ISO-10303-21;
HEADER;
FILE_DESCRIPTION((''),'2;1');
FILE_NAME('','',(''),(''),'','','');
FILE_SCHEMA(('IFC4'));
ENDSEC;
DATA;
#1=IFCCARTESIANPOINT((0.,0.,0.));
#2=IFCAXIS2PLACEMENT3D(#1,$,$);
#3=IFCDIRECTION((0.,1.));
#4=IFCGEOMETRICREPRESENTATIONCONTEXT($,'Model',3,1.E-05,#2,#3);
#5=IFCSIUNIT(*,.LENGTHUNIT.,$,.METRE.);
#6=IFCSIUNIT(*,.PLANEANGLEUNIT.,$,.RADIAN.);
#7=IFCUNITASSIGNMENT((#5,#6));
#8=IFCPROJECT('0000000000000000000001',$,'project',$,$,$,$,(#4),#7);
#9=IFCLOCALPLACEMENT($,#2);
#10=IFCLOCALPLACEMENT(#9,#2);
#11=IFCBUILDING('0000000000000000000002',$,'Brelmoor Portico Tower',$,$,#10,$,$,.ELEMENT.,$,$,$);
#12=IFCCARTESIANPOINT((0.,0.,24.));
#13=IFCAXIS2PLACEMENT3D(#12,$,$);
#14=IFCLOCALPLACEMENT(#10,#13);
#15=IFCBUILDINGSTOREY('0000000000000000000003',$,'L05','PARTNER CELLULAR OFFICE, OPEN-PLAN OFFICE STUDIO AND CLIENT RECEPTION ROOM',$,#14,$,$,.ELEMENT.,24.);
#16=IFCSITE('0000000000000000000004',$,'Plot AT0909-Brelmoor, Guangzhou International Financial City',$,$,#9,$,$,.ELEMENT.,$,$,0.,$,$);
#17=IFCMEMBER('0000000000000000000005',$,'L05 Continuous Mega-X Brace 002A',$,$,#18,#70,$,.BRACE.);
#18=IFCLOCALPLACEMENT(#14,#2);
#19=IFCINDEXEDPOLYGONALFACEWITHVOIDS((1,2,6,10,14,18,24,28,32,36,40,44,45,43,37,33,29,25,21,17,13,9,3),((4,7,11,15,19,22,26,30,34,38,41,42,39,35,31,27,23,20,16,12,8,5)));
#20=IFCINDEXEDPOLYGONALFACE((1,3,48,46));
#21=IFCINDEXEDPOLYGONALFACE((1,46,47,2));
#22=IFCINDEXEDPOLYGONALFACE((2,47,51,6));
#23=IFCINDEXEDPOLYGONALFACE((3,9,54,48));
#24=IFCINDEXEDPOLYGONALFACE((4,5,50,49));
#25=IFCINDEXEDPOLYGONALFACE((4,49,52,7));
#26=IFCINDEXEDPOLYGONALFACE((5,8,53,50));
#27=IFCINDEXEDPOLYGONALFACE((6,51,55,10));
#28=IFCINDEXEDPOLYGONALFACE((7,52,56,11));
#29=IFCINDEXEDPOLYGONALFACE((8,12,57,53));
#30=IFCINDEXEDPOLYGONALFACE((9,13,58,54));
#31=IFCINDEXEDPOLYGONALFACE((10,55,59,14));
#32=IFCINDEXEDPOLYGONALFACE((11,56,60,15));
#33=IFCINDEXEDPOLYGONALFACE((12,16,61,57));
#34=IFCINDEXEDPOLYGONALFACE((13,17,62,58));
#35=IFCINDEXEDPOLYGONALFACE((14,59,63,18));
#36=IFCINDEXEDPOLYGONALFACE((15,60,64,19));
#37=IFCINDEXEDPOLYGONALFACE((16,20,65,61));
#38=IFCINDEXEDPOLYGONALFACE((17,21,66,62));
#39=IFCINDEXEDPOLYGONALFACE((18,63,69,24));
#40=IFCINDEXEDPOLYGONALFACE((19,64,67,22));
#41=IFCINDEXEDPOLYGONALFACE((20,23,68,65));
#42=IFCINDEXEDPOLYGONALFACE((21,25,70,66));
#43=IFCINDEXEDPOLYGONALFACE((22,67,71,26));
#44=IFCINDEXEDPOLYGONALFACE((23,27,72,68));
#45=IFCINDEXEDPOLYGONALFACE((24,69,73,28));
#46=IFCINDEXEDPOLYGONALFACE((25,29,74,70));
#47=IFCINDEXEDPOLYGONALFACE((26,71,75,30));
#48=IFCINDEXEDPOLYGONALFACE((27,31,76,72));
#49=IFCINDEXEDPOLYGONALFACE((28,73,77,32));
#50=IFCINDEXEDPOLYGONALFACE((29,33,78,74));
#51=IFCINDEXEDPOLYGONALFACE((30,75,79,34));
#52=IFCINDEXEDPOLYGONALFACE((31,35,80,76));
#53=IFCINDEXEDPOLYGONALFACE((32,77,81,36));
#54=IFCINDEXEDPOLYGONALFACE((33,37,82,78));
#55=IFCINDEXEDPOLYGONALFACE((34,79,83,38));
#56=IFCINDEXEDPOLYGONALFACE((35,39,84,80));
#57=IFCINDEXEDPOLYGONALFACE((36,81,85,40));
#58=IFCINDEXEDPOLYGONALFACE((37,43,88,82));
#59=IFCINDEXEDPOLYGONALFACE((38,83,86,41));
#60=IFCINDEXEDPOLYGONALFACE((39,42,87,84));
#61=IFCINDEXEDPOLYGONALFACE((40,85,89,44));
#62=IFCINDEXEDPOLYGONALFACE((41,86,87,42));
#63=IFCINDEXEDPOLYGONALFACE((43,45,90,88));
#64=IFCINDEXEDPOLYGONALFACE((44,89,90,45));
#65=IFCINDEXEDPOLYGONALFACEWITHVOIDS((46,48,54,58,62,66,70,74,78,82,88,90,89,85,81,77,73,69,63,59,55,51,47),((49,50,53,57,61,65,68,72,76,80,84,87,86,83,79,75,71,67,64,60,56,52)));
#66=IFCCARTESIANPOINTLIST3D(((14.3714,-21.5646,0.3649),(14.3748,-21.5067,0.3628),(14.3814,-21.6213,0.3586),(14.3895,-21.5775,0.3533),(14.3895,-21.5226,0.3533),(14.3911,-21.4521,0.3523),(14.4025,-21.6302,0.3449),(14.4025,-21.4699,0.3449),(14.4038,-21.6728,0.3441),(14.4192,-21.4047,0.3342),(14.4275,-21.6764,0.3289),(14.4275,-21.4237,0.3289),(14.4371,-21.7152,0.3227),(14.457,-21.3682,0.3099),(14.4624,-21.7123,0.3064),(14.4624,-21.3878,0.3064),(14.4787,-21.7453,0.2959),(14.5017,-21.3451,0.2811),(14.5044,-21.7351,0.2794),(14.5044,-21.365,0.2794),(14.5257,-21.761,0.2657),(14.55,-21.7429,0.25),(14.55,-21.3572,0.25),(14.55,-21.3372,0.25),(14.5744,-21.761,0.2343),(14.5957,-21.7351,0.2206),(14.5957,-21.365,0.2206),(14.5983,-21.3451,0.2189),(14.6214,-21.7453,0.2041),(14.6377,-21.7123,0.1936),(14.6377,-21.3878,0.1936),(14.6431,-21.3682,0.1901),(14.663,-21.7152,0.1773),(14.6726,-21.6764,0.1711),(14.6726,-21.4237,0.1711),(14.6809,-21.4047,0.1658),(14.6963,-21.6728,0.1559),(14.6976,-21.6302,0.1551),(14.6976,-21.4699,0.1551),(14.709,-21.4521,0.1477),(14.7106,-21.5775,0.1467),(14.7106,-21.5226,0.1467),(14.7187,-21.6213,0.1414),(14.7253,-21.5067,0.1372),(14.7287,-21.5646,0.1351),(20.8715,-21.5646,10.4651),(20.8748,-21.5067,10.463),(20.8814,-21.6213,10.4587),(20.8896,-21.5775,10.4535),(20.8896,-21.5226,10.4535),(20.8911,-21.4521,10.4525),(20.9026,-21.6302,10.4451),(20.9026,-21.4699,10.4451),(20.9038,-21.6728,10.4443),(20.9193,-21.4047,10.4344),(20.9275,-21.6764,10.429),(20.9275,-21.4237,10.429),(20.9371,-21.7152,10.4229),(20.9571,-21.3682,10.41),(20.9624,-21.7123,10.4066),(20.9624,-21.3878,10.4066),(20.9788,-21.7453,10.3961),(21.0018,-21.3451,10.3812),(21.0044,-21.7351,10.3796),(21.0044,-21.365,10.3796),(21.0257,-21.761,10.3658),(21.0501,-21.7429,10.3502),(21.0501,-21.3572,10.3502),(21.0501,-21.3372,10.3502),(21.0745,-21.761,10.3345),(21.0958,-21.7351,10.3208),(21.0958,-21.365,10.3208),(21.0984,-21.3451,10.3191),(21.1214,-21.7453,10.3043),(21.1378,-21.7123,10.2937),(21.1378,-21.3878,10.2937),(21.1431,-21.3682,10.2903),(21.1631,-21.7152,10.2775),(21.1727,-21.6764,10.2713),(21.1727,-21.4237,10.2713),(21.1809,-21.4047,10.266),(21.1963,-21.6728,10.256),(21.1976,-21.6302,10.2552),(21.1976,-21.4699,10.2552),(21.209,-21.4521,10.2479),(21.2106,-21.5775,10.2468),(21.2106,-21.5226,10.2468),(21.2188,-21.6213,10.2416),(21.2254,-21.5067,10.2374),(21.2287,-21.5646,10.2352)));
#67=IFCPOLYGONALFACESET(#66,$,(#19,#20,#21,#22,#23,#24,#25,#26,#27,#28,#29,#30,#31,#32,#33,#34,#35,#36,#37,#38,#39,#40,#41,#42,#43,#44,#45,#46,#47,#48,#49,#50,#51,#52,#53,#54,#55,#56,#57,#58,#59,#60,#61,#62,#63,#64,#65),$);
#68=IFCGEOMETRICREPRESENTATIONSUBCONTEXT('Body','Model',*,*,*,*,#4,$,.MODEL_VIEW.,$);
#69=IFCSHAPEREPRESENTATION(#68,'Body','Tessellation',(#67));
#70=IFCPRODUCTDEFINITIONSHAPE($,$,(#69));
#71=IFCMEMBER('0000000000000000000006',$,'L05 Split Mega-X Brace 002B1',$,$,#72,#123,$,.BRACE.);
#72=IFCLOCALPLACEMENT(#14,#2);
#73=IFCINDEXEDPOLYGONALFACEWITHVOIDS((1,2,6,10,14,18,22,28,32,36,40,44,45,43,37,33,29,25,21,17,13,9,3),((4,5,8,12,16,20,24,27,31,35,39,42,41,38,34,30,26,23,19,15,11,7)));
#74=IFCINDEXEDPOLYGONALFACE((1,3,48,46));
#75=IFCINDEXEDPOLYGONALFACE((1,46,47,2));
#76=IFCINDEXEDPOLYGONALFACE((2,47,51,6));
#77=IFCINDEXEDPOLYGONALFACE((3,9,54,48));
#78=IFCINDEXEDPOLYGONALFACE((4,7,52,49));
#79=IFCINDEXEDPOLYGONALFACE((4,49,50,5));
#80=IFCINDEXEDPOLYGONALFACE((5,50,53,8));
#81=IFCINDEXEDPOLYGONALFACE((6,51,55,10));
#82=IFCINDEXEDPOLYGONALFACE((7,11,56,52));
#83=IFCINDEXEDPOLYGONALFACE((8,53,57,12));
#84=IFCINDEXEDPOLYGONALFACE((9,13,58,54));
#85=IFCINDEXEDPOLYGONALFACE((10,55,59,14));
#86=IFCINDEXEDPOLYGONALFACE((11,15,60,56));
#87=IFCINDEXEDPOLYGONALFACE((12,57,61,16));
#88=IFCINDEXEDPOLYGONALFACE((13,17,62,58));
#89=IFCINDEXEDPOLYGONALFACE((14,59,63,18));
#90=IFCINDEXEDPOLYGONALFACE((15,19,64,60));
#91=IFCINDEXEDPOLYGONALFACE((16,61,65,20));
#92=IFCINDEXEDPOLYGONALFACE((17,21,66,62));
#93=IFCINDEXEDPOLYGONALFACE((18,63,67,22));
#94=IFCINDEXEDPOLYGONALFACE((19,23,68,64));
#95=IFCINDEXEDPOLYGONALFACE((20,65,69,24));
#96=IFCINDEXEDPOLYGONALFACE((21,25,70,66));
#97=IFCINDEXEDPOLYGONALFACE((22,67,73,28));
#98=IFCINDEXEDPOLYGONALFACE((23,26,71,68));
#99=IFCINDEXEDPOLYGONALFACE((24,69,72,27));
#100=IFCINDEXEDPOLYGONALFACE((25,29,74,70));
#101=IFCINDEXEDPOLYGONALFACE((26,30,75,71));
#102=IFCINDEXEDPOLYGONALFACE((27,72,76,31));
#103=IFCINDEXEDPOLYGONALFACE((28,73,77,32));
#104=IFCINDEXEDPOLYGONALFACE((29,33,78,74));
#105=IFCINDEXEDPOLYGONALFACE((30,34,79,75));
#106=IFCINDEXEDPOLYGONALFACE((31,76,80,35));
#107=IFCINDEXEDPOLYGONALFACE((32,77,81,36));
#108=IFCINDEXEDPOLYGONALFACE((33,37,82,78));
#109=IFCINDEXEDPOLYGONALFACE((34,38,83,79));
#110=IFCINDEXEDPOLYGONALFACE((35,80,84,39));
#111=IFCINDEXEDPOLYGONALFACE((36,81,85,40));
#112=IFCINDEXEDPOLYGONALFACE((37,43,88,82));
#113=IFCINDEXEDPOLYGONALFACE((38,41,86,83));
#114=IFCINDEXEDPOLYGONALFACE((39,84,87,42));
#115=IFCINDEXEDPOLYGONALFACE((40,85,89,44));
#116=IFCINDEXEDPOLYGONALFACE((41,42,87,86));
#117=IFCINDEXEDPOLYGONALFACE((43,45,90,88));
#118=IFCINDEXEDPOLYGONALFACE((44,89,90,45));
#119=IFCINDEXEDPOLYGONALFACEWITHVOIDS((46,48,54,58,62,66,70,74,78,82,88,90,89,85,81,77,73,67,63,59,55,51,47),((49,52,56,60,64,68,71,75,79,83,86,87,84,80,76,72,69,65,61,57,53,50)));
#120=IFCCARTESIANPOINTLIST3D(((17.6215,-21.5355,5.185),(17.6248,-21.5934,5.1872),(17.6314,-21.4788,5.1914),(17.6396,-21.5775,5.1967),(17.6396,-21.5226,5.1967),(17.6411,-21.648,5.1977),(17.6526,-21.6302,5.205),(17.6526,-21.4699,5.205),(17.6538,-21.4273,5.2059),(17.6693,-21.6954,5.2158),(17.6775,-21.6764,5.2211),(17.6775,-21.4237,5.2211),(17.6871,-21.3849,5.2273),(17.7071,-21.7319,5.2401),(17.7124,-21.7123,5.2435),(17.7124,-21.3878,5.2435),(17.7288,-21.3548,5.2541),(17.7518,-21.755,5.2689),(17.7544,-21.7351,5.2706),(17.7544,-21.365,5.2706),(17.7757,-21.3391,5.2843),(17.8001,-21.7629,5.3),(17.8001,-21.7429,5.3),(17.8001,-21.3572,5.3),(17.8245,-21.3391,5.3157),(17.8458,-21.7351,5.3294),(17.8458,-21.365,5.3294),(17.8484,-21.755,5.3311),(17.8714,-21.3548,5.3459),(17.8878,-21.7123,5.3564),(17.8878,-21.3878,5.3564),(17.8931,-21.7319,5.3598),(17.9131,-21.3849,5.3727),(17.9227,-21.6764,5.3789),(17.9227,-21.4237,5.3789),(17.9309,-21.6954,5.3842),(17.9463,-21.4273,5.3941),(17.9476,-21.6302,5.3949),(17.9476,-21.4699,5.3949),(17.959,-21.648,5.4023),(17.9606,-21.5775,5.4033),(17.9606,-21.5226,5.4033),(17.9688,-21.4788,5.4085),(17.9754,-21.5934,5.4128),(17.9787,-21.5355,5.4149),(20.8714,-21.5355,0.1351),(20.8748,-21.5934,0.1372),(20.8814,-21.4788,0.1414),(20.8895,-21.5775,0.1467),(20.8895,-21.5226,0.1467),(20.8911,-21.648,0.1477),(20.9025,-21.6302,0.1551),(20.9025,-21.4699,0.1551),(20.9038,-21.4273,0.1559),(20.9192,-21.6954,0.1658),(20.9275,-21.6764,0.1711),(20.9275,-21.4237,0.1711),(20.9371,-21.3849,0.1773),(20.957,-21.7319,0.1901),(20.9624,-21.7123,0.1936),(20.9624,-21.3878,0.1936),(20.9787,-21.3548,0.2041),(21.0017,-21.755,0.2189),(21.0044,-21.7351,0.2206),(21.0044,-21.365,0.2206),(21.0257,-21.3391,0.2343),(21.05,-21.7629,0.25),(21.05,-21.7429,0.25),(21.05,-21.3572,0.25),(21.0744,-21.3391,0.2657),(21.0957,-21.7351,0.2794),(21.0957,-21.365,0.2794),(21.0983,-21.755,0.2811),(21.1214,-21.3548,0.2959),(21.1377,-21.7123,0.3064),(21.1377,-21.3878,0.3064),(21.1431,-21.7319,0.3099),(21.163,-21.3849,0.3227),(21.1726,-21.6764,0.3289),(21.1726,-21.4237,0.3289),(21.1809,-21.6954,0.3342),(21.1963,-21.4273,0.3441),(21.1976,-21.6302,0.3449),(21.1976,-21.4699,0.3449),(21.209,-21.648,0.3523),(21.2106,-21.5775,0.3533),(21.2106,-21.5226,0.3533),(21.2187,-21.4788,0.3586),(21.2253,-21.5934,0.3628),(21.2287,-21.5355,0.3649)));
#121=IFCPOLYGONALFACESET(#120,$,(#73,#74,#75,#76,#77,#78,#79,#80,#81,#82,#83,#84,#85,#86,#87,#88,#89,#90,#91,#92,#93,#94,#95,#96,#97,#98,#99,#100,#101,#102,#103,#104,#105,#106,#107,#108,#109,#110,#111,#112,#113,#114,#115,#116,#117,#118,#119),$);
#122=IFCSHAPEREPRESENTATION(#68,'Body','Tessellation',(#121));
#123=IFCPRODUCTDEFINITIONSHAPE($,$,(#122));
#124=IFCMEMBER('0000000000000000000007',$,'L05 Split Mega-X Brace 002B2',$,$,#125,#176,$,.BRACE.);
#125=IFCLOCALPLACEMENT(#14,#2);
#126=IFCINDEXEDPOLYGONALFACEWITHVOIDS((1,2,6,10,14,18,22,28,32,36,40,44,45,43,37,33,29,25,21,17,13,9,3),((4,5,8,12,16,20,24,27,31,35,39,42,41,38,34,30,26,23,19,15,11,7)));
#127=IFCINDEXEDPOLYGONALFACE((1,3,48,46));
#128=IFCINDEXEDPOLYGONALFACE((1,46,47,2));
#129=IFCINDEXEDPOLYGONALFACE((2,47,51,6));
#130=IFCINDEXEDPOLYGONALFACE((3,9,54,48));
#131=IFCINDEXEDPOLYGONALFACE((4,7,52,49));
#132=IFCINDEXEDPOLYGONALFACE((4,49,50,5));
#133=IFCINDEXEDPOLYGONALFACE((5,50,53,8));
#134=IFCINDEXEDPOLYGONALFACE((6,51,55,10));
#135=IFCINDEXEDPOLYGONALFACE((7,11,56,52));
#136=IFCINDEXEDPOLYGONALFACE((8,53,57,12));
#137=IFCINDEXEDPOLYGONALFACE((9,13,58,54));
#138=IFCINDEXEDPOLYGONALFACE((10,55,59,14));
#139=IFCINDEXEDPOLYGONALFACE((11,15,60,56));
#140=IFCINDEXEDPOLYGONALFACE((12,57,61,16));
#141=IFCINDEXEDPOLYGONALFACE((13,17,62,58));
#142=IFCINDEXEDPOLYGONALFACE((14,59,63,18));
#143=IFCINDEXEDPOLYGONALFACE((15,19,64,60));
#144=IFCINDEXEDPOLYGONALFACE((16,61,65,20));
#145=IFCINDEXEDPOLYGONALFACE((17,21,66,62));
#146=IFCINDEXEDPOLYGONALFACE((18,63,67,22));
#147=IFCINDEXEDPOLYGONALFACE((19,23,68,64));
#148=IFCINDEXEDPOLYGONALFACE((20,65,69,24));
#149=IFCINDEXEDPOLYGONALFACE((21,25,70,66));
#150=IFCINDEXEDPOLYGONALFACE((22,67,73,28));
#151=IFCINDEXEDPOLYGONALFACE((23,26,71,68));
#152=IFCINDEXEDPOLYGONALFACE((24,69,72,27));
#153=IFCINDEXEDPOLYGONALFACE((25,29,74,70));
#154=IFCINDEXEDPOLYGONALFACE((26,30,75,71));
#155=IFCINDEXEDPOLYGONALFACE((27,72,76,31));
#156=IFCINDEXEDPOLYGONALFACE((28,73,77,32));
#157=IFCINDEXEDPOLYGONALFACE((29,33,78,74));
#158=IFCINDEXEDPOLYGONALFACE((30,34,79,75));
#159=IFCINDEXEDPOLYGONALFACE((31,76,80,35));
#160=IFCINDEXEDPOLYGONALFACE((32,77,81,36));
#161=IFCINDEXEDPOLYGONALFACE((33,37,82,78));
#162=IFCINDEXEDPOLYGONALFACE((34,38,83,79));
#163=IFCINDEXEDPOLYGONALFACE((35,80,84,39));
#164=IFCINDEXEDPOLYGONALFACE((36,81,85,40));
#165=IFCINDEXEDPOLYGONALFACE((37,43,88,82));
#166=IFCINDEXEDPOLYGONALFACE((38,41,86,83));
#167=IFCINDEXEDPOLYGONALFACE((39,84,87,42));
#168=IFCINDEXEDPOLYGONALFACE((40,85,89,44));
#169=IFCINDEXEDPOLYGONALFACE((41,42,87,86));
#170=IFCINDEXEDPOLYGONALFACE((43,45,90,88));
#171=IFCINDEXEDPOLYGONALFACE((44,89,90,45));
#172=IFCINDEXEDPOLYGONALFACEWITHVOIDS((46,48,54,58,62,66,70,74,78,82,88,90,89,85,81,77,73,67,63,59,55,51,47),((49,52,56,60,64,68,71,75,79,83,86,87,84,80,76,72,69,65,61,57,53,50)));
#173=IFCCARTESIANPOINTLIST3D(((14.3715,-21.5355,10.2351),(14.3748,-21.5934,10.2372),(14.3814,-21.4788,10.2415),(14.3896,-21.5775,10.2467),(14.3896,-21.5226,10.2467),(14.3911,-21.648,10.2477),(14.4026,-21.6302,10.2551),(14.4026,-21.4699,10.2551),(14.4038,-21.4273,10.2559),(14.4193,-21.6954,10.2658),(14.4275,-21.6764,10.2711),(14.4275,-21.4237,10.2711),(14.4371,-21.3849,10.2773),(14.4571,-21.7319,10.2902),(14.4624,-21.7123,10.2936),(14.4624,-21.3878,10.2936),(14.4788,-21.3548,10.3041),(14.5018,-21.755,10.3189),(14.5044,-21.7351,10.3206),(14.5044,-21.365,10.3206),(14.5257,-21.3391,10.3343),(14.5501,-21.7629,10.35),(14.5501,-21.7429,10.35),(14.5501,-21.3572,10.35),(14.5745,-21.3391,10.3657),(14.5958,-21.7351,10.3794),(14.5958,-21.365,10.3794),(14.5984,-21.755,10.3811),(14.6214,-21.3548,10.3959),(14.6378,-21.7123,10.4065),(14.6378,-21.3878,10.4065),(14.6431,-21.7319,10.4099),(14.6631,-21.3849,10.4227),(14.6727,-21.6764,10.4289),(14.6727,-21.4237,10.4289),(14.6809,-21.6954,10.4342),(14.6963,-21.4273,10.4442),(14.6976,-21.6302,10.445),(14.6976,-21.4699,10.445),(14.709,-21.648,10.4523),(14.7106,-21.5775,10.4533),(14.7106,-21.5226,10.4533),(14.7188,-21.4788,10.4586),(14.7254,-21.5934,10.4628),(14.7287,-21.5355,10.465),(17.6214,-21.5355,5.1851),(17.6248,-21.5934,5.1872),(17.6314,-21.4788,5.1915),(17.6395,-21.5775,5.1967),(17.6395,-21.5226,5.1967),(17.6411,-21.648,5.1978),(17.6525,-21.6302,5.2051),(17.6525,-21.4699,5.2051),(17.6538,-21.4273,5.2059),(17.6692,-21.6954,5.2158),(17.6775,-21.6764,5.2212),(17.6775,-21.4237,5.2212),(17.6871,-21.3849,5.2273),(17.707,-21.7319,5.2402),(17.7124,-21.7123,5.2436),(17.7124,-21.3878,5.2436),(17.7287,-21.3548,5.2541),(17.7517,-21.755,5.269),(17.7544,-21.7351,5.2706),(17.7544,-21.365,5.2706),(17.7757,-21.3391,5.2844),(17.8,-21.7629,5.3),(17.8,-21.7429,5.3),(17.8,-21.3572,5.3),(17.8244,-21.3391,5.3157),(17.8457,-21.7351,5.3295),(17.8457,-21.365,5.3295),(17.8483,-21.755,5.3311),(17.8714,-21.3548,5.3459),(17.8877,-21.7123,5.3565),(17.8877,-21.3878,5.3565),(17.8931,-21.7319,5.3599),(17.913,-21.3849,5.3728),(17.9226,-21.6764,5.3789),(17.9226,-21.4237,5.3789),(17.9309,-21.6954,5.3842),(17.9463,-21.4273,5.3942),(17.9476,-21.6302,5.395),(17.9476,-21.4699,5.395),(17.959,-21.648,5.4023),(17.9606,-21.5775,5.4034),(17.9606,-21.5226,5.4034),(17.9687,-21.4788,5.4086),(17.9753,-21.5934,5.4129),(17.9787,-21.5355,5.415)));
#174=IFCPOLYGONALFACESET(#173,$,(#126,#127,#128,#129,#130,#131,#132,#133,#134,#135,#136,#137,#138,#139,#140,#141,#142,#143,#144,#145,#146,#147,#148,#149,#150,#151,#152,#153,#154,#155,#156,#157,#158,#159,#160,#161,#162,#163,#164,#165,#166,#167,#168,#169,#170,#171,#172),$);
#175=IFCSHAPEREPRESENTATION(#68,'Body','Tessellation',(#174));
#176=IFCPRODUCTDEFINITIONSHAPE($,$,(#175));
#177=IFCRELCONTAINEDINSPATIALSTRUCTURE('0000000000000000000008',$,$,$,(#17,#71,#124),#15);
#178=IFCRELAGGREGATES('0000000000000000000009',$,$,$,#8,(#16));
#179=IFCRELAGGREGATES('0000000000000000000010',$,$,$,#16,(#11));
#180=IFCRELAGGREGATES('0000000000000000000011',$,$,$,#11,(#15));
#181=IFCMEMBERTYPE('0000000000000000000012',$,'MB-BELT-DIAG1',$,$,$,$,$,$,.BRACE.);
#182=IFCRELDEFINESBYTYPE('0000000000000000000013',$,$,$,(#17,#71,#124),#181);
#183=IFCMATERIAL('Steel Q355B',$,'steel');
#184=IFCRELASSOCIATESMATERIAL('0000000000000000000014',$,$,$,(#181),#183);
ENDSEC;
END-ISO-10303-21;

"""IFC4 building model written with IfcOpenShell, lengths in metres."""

from ifc_helpers import new_model, si_unit, direction, frame, origin, origin_2d, place, context, subcontext, project, spatial, hollow_circle, extrude, material, material_profile, profile_set, type_object, element, save


model = new_model("IFC4")

# Units and contexts
model_context = context("Model", 3, precision=1e-05, world=origin(), true_north=direction((0.0, 1.0)))
body_context = subcontext(model_context, "Body", "Model", "MODEL_VIEW")
ifc_project = project(units=[si_unit("LENGTHUNIT", "METRE"), si_unit("PLANEANGLEUNIT", "RADIAN")], contexts=[model_context])

# Site, building, storey
site_placement = place(None, origin())
site = spatial("IfcSite", under=ifc_project, at=site_placement, Name="Plot AT0909-Brelmoor, Guangzhou International Financial City", CompositionType="ELEMENT", RefElevation=0.0)
building_placement = place(site_placement, origin())
building = spatial("IfcBuilding", under=site, at=building_placement, Name="Brelmoor Portico Tower", CompositionType="ELEMENT")
storey_placement = place(building_placement, frame((0.0, 0.0, 24.0)))
storey = spatial("IfcBuildingStorey", under=building, at=storey_placement, Name="L05", Description="PARTNER CELLULAR OFFICE, OPEN-PLAN OFFICE STUDIO AND CLIENT RECEPTION ROOM", CompositionType="ELEMENT", Elevation=24.0)

# Shared definitions
ifc_material_1 = material(Name="Steel Q355B", Category="steel")

# Members
ifc_material_profile_1 = material_profile(ifc_material_1, hollow_circle(Radius=0.2129, WallThickness=0.02, at=origin_2d()), Name="CHS 426x20")
ifc_profile_set_1 = profile_set([ifc_material_profile_1], Name="Steel Q355B")
member_type_1 = type_object("IfcMemberType", Name="MB-BELT-DIAG1", PredefinedType="BRACE", material=ifc_profile_set_1)
member_1_placement = place(storey_placement, frame((14.55, -21.55, 0.25), z_axis=(0.541175, 0.0, 0.84091), x_axis=(0.0, 1.0, 0.0)))
element("IfcMember", 1, at=member_1_placement, inside=storey, type_object=member_type_1, Name="L05 Continuous Mega-X Brace 002A", PredefinedType="BRACE", context=body_context, shape_type="SweptSolid", body=[
    extrude(hollow_circle(Radius=0.2129, WallThickness=0.02, at=origin_2d()), origin(), (0.0, 0.0, 1.0), 12.011),
])
for number, where, z_axis, x_axis, name in (
    (2, (21.05, -21.55, 0.25), (-0.541175, 0.0, 0.84091), (0.0, -1.0, 0.0), "L05 Split Mega-X Brace 002B1"),
    (3, (17.8, -21.55, 5.3), (-0.541175, 0.0, 0.84091), (0.0, -1.0, 0.0), "L05 Split Mega-X Brace 002B2"),
):
    element("IfcMember", number, at=place(storey_placement, frame(where, z_axis=z_axis, x_axis=x_axis)), inside=storey, type_object=member_type_1, Name=name, PredefinedType="BRACE", context=body_context, shape_type="SweptSolid", body=[
        extrude(hollow_circle(Radius=0.2129, WallThickness=0.02, at=origin_2d()), origin(), (0.0, 0.0, 1.0), 6.0054),
    ])

save(model, "model.ifc")
